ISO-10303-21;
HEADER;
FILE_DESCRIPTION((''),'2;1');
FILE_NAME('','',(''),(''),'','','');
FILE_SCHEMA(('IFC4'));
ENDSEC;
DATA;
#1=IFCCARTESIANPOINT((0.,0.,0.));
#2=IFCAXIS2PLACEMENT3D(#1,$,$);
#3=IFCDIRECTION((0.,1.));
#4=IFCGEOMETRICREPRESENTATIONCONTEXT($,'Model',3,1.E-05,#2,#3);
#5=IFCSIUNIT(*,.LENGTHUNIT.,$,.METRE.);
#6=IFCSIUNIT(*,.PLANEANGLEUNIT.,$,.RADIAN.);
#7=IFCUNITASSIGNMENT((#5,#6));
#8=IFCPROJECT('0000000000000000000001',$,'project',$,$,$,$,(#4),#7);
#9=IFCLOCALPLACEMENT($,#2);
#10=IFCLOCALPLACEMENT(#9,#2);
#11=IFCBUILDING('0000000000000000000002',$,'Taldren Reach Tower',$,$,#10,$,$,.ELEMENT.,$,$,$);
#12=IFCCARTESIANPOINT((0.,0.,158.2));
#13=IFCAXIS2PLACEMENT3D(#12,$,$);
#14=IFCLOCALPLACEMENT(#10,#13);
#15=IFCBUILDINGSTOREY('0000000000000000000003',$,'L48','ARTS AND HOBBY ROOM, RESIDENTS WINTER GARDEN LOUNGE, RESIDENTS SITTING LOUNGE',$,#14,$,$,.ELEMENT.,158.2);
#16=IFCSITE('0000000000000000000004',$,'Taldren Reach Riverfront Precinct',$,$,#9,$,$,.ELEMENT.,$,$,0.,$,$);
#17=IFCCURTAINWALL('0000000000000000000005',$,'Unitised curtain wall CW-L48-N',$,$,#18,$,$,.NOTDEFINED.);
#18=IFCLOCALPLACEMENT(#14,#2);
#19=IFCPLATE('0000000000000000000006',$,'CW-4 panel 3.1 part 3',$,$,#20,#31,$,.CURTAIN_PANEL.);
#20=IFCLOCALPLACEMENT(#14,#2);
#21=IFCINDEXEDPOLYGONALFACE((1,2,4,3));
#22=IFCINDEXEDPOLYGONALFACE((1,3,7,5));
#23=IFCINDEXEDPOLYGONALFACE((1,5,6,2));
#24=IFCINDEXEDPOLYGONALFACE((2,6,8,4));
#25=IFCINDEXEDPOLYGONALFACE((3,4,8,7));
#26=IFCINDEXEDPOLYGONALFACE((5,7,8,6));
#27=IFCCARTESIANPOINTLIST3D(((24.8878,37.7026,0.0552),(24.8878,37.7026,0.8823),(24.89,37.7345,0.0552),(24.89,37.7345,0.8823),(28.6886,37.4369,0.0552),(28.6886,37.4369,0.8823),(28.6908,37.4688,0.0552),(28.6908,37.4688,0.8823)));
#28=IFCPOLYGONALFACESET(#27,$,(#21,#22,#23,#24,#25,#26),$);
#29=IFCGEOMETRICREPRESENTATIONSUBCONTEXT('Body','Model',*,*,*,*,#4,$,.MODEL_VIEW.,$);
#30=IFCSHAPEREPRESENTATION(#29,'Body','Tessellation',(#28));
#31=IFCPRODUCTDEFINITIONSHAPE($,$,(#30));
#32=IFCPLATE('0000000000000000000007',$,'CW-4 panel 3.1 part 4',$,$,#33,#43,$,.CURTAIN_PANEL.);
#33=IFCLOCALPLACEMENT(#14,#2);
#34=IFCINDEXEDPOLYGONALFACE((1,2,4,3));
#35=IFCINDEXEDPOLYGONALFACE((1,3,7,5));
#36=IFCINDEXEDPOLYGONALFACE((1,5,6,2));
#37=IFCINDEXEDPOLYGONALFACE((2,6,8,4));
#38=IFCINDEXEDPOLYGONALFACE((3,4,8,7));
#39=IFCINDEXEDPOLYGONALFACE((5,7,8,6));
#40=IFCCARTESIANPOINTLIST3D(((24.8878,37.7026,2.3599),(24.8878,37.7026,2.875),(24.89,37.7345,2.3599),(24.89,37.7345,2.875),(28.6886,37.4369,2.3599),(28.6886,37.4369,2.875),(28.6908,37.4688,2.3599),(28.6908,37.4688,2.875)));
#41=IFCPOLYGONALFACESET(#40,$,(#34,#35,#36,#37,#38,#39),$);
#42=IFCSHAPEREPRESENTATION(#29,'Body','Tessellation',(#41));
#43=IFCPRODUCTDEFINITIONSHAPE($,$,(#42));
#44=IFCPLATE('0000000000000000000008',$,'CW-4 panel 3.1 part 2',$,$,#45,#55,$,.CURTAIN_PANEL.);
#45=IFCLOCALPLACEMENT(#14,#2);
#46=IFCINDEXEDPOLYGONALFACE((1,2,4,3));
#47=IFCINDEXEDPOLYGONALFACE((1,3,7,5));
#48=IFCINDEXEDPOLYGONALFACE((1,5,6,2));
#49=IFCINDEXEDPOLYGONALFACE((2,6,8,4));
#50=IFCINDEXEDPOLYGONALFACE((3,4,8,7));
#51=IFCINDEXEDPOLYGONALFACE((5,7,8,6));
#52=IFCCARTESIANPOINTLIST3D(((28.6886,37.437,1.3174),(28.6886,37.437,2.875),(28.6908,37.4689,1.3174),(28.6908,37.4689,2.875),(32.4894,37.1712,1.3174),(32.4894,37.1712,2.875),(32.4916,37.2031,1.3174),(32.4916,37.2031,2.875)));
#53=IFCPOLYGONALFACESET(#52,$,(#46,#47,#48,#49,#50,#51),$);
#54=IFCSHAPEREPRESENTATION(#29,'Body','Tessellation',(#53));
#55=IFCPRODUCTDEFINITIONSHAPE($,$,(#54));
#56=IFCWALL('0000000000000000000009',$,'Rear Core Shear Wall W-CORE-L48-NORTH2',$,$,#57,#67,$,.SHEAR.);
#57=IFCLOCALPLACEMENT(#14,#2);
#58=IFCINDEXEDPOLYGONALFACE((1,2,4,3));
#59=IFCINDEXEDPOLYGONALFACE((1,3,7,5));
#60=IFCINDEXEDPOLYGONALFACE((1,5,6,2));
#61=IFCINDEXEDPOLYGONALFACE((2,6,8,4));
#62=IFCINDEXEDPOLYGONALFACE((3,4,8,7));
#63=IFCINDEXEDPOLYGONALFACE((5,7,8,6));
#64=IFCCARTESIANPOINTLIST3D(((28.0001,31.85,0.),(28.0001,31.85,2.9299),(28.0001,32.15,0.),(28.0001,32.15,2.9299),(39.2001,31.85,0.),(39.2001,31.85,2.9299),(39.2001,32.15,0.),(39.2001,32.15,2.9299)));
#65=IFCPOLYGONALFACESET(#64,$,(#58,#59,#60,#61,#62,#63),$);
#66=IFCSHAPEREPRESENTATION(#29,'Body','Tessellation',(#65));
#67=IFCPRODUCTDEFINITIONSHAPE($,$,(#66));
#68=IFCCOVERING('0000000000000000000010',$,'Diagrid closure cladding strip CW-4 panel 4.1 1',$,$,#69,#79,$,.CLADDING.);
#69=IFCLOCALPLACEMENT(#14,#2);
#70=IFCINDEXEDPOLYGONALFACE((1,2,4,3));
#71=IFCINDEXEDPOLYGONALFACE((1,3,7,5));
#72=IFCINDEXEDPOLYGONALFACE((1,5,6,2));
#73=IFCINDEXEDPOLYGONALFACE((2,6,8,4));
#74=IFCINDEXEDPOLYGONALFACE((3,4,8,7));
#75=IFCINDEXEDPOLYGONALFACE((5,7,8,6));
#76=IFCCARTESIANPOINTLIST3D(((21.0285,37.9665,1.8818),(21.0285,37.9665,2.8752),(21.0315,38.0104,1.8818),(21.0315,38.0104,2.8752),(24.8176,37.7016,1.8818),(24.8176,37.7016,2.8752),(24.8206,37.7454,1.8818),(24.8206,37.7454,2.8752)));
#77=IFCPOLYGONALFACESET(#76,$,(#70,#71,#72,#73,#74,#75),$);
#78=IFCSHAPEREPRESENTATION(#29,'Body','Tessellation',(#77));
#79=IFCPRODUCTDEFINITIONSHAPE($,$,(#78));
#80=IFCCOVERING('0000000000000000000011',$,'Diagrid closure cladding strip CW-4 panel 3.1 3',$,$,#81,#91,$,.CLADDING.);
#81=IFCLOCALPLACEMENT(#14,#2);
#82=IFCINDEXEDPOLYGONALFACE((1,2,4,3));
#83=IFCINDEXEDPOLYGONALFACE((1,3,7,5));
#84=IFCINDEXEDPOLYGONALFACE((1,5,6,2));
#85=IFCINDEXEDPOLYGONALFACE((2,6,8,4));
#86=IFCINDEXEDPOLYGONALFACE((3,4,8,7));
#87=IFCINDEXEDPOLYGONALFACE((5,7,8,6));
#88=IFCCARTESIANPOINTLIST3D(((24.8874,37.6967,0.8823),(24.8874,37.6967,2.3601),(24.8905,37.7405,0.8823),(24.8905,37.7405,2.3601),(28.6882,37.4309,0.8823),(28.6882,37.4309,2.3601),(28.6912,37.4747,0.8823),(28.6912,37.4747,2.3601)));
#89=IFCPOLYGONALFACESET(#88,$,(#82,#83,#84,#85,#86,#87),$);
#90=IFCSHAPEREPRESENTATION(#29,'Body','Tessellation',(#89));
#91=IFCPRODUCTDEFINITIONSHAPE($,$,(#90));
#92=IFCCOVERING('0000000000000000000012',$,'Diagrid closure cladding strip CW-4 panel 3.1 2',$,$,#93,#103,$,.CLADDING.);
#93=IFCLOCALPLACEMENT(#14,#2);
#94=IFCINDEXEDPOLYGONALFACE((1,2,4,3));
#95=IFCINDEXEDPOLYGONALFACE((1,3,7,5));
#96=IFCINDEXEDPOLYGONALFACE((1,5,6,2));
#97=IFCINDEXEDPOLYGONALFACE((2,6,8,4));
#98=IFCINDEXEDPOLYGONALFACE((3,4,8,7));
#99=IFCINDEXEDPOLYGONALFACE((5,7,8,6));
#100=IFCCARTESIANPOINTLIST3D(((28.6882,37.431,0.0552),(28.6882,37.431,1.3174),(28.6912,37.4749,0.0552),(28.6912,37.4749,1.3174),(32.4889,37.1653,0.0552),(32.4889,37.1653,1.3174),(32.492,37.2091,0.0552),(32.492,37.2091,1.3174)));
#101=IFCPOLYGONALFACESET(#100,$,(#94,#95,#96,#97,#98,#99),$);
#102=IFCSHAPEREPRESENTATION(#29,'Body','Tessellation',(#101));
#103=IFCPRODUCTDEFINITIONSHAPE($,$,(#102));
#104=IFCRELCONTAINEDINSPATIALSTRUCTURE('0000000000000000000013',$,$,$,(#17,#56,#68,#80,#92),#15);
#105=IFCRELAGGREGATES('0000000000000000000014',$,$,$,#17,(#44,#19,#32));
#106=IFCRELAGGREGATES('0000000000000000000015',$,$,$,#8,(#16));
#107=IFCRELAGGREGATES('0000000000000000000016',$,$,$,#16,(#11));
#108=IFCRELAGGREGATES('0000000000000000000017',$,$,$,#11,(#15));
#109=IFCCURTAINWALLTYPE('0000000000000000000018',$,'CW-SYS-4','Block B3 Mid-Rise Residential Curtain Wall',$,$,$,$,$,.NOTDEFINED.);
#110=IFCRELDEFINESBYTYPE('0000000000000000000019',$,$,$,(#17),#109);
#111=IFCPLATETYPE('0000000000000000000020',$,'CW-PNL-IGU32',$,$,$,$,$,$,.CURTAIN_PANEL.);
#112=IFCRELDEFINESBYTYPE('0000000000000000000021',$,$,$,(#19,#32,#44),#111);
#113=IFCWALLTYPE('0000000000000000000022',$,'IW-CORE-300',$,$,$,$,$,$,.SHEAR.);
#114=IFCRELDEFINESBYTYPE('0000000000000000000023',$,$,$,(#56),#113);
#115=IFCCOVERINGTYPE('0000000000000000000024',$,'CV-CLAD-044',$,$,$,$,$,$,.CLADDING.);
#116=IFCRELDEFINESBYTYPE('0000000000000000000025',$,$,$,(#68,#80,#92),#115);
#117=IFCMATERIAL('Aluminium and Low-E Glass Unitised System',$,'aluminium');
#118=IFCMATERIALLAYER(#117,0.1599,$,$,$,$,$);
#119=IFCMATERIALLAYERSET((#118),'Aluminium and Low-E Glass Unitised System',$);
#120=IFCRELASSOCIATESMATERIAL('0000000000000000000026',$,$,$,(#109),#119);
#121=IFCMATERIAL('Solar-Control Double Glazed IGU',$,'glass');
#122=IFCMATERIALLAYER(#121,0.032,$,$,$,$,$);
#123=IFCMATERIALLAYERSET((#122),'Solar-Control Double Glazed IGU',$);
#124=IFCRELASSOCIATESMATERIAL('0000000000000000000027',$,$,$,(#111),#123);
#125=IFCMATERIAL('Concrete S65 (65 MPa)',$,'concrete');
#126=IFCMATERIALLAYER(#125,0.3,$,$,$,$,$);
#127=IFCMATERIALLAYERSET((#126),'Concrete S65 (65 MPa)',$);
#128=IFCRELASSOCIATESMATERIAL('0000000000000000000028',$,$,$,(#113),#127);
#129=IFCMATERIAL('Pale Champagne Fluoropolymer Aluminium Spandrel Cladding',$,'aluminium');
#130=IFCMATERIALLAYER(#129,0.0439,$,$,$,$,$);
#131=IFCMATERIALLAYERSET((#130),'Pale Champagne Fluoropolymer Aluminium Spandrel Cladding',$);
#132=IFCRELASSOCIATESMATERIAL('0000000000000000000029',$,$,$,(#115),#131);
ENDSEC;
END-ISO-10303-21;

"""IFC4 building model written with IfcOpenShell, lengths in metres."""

from ifc_helpers import new_model, si_unit, direction, frame, frame_2d, origin, origin_2d, place, context, subcontext, project, spatial, rectangle, extrude, source, transform, mapped, material, layer, layer_set, type_object, element, aggregate, save


model = new_model("IFC4")

# Units and contexts
model_context = context("Model", 3, precision=1e-05, world=origin(), true_north=direction((0.0, 1.0)))
body_context = subcontext(model_context, "Body", "Model", "MODEL_VIEW")
ifc_project = project(units=[si_unit("LENGTHUNIT", "METRE"), si_unit("PLANEANGLEUNIT", "RADIAN")], contexts=[model_context])

# Site, building, storey
site_placement = place(None, origin())
site = spatial("IfcSite", under=ifc_project, at=site_placement, Name="Taldren Reach Riverfront Precinct", CompositionType="ELEMENT", RefElevation=0.0)
building_placement = place(site_placement, origin())
building = spatial("IfcBuilding", under=site, at=building_placement, Name="Taldren Reach Tower", CompositionType="ELEMENT")
storey_placement = place(building_placement, frame((0.0, 0.0, 158.2)))
storey = spatial("IfcBuildingStorey", under=building, at=storey_placement, Name="L48", Description="ARTS AND HOBBY ROOM, RESIDENTS WINTER GARDEN LOUNGE, RESIDENTS SITTING LOUNGE", CompositionType="ELEMENT", Elevation=158.2)

# Curtain wall
ifc_material_1 = material(Name="Aluminium and Low-E Glass Unitised System", Category="aluminium")
ifc_layer_1 = layer(ifc_material_1, 0.1599)
ifc_layer_set_1 = layer_set([ifc_layer_1], Name="Aluminium and Low-E Glass Unitised System")
curtain_wall_type = type_object("IfcCurtainWallType", Name="CW-SYS-4", Description="Block B3 Mid-Rise Residential Curtain Wall", PredefinedType="NOTDEFINED", material=ifc_layer_set_1)
curtain_wall_placement = place(storey_placement, origin())
curtain_wall = element("IfcCurtainWall", 1, at=curtain_wall_placement, inside=storey, type_object=curtain_wall_type, Name="Unitised curtain wall CW-L48-N", PredefinedType="NOTDEFINED")

# Plates
ifc_material_2 = material(Name="Solar-Control Double Glazed IGU", Category="glass")
ifc_layer_2 = layer(ifc_material_2, 0.032)
ifc_layer_set_2 = layer_set([ifc_layer_2], Name="Solar-Control Double Glazed IGU")
plate_type_1 = type_object("IfcPlateType", Name="CW-PNL-IGU32", PredefinedType="CURTAIN_PANEL", material=ifc_layer_set_2)
shared_shape_1 = source(origin(), body_context, "Body", "SweptSolid", [
    extrude(rectangle(XDim=3.8101, YDim=0.032, at=origin_2d()), origin(), (0.0, 0.0, 1.0), 0.8271),
])
plate_1_placement = place(storey_placement, frame((26.7893, 37.5857, 0.0552), z_axis=(0.0, 0.0, 1.0), x_axis=(-0.997564, 0.069757, 0.0)))
plate_1 = element("IfcPlate", 2, at=plate_1_placement, type_object=plate_type_1, Name="CW-4 panel 3.1 part 3", PredefinedType="CURTAIN_PANEL", context=body_context, shape_type="MappedRepresentation", body=[
    mapped(shared_shape_1, transform((0.0, 0.0, 0.0), scale=1.0)),
])
shared_shape_2 = source(origin(), body_context, "Body", "SweptSolid", [
    extrude(rectangle(XDim=3.8101, YDim=0.032, at=origin_2d()), origin(), (0.0, 0.0, 1.0), 0.5151),
])
plate_2_placement = place(storey_placement, frame((26.7893, 37.5857, 2.3599), z_axis=(0.0, 0.0, 1.0), x_axis=(-0.997564, 0.069757, 0.0)))
plate_2 = element("IfcPlate", 3, at=plate_2_placement, type_object=plate_type_1, Name="CW-4 panel 3.1 part 4", PredefinedType="CURTAIN_PANEL", context=body_context, shape_type="MappedRepresentation", body=[
    mapped(shared_shape_2, transform((0.0, 0.0, 0.0), scale=1.0)),
])
shared_shape_3 = source(origin(), body_context, "Body", "SweptSolid", [
    extrude(rectangle(XDim=3.8101, YDim=0.032, at=origin_2d()), origin(), (0.0, 0.0, 1.0), 1.5576),
])
plate_3_placement = place(storey_placement, frame((30.5901, 37.3201, 1.3174), z_axis=(0.0, 0.0, 1.0), x_axis=(-0.997564, 0.069757, 0.0)))
plate_3 = element("IfcPlate", 4, at=plate_3_placement, type_object=plate_type_1, Name="CW-4 panel 3.1 part 2", PredefinedType="CURTAIN_PANEL", context=body_context, shape_type="MappedRepresentation", body=[
    mapped(shared_shape_3, transform((0.0, 0.0, 0.0), scale=1.0)),
])
aggregate(curtain_wall, [plate_3, plate_1, plate_2])

# Wall
ifc_material_3 = material(Name="Concrete S65 (65 MPa)", Category="concrete")
ifc_layer_3 = layer(ifc_material_3, 0.3)
ifc_layer_set_3 = layer_set([ifc_layer_3], Name="Concrete S65 (65 MPa)")
wall_type = type_object("IfcWallType", Name="IW-CORE-300", PredefinedType="SHEAR", material=ifc_layer_set_3)
shared_shape_4 = source(origin(), body_context, "Body", "SweptSolid", [
    extrude(rectangle(XDim=11.2, YDim=0.3, at=frame_2d((5.6001, 0.0))), origin(), (0.0, 0.0, 1.0), 2.9299),
])
wall_placement = place(storey_placement, frame((28.0, 32.0, 0.0), z_axis=(0.0, 0.0, 1.0), x_axis=(1.0, 0.0, 0.0)))
element("IfcWall", 5, at=wall_placement, inside=storey, type_object=wall_type, Name="Rear Core Shear Wall W-CORE-L48-NORTH2", PredefinedType="SHEAR", context=body_context, shape_type="MappedRepresentation", body=[
    mapped(shared_shape_4, transform((0.0, 0.0, 0.0), scale=1.0)),
])

# Coverings
ifc_material_4 = material(Name="Pale Champagne Fluoropolymer Aluminium Spandrel Cladding", Category="aluminium")
ifc_layer_4 = layer(ifc_material_4, 0.0439)
ifc_layer_set_4 = layer_set([ifc_layer_4], Name="Pale Champagne Fluoropolymer Aluminium Spandrel Cladding")
covering_type = type_object("IfcCoveringType", Name="CV-CLAD-044", PredefinedType="CLADDING", material=ifc_layer_set_4)
shared_shape_5 = source(origin(), body_context, "Body", "SweptSolid", [
    extrude(rectangle(XDim=3.7983, YDim=0.0439, at=origin_2d()), origin(), (0.0, 0.0, 1.0), 0.9934),
])
covering_1_placement = place(storey_placement, frame((22.9246, 37.856, 1.8818), z_axis=(0.0, 0.0, 1.0), x_axis=(-0.997564, 0.069757, 0.0)))
element("IfcCovering", 6, at=covering_1_placement, inside=storey, type_object=covering_type, Name="Diagrid closure cladding strip CW-4 panel 4.1 1", PredefinedType="CLADDING", context=body_context, shape_type="MappedRepresentation", body=[
    mapped(shared_shape_5, transform((0.0, 0.0, 0.0), scale=1.0)),
])
shared_shape_6 = source(origin(), body_context, "Body", "SweptSolid", [
    extrude(rectangle(XDim=3.8101, YDim=0.0439, at=origin_2d()), origin(), (0.0, 0.0, 1.0), 1.4778),
])
covering_2_placement = place(storey_placement, frame((26.7893, 37.5857, 0.8823), z_axis=(0.0, 0.0, 1.0), x_axis=(-0.997564, 0.069757, 0.0)))
element("IfcCovering", 7, at=covering_2_placement, inside=storey, type_object=covering_type, Name="Diagrid closure cladding strip CW-4 panel 3.1 3", PredefinedType="CLADDING", context=body_context, shape_type="MappedRepresentation", body=[
    mapped(shared_shape_6, transform((0.0, 0.0, 0.0), scale=1.0)),
])
shared_shape_7 = source(origin(), body_context, "Body", "SweptSolid", [
    extrude(rectangle(XDim=3.8101, YDim=0.0439, at=origin_2d()), origin(), (0.0, 0.0, 1.0), 1.2622),
])
covering_3_placement = place(storey_placement, frame((30.5901, 37.3201, 0.0552), z_axis=(0.0, 0.0, 1.0), x_axis=(-0.997564, 0.069757, 0.0)))
element("IfcCovering", 8, at=covering_3_placement, inside=storey, type_object=covering_type, Name="Diagrid closure cladding strip CW-4 panel 3.1 2", PredefinedType="CLADDING", context=body_context, shape_type="MappedRepresentation", body=[
    mapped(shared_shape_7, transform((0.0, 0.0, 0.0), scale=1.0)),
])

save(model, "model.ifc")
